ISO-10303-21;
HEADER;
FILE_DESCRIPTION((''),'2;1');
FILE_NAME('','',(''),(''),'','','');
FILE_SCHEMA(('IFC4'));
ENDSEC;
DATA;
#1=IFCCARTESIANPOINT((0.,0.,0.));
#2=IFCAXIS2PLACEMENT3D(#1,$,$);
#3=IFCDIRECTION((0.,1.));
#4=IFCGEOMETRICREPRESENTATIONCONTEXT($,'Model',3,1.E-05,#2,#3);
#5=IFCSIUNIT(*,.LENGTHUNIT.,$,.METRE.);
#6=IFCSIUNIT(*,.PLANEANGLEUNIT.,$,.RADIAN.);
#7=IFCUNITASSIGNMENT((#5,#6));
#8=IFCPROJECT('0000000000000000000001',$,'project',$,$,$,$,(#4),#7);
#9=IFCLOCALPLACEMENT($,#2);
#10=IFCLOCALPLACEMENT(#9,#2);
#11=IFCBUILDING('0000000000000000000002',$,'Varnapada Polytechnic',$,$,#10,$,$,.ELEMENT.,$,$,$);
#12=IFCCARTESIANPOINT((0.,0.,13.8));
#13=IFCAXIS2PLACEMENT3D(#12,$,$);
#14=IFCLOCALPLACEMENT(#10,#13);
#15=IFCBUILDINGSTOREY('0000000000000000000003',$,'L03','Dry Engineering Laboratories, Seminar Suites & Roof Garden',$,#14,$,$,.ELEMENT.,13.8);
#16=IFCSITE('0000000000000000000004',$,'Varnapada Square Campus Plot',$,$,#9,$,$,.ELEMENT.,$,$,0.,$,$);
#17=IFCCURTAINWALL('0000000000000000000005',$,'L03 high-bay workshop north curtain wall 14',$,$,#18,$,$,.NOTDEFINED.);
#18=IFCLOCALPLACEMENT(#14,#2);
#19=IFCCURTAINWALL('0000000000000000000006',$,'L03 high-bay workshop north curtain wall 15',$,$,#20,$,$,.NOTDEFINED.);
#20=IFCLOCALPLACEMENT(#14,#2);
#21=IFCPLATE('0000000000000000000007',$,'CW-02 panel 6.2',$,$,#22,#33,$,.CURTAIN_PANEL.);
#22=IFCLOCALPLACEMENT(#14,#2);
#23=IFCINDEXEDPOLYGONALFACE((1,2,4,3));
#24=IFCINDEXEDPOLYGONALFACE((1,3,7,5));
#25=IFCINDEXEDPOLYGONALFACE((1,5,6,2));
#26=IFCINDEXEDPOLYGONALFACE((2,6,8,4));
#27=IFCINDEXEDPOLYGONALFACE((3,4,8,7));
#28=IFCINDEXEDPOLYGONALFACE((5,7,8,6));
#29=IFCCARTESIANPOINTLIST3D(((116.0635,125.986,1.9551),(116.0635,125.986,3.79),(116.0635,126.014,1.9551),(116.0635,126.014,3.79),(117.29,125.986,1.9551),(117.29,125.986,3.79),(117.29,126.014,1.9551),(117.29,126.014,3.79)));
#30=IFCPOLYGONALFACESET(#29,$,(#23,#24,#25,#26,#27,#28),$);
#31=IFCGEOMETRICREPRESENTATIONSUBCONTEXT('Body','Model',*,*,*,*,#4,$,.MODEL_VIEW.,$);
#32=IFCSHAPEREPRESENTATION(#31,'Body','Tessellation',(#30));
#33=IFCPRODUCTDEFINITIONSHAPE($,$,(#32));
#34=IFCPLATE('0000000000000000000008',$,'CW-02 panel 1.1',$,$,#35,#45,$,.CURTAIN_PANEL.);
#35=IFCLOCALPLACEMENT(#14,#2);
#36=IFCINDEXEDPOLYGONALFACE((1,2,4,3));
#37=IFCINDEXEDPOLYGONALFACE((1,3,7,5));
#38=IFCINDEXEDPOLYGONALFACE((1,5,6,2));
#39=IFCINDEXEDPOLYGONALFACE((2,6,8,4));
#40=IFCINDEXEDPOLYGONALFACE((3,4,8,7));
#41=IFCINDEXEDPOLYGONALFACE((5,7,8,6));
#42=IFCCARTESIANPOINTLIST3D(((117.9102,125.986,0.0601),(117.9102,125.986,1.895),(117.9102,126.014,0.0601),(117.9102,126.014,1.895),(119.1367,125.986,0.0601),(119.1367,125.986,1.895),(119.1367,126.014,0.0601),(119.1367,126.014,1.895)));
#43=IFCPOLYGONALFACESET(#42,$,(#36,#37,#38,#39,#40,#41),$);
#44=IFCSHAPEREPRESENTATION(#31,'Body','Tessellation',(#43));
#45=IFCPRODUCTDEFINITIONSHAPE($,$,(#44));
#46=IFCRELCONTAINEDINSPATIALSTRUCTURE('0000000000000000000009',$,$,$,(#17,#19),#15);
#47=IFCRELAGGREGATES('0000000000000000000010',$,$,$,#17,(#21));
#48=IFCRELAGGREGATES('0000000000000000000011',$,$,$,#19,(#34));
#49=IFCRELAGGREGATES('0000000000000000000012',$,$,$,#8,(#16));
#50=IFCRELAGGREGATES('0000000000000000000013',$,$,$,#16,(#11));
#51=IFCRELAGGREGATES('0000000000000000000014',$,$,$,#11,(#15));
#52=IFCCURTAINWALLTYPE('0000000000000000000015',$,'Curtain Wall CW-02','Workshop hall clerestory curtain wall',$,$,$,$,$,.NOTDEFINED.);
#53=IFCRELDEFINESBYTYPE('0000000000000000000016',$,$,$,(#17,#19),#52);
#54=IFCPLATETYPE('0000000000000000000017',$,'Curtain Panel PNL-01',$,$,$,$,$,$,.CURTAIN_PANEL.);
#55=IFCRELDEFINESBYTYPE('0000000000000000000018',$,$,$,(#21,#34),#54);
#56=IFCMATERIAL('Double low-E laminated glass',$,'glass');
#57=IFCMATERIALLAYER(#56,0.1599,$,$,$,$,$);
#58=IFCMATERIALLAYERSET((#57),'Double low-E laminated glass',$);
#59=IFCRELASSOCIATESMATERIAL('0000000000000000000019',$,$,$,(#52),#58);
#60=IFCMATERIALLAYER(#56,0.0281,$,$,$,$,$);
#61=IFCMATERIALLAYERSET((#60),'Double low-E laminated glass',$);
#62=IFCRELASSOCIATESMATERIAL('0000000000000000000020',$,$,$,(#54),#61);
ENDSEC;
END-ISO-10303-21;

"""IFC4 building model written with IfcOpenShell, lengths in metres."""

from ifc_helpers import new_model, si_unit, direction, frame, origin, origin_2d, place, context, subcontext, project, spatial, rectangle, extrude, material, layer, layer_set, type_object, element, aggregate, save


model = new_model("IFC4")

# Units and contexts
model_context = context("Model", 3, precision=1e-05, world=origin(), true_north=direction((0.0, 1.0)))
body_context = subcontext(model_context, "Body", "Model", "MODEL_VIEW")
ifc_project = project(units=[si_unit("LENGTHUNIT", "METRE"), si_unit("PLANEANGLEUNIT", "RADIAN")], contexts=[model_context])

# Site, building, storey
site_placement = place(None, origin())
site = spatial("IfcSite", under=ifc_project, at=site_placement, Name="Varnapada Square Campus Plot", CompositionType="ELEMENT", RefElevation=0.0)
building_placement = place(site_placement, origin())
building = spatial("IfcBuilding", under=site, at=building_placement, Name="Varnapada Polytechnic", CompositionType="ELEMENT")
storey_placement = place(building_placement, frame((0.0, 0.0, 13.8)))
storey = spatial("IfcBuildingStorey", under=building, at=storey_placement, Name="L03", Description="Dry Engineering Laboratories, Seminar Suites & Roof Garden", CompositionType="ELEMENT", Elevation=13.8)

# Curtain walls
ifc_material_1 = material(Name="Double low-E laminated glass", Category="glass")
ifc_layer_1 = layer(ifc_material_1, 0.1599)
ifc_layer_set_1 = layer_set([ifc_layer_1], Name="Double low-E laminated glass")
curtain_wall_type = type_object("IfcCurtainWallType", Name="Curtain Wall CW-02", Description="Workshop hall clerestory curtain wall", PredefinedType="NOTDEFINED", material=ifc_layer_set_1)
curtain_wall_1_placement = place(storey_placement, origin())
curtain_wall_1 = element("IfcCurtainWall", 1, at=curtain_wall_1_placement, inside=storey, type_object=curtain_wall_type, Name="L03 high-bay workshop north curtain wall 14", PredefinedType="NOTDEFINED")
curtain_wall_2_placement = place(storey_placement, origin())
curtain_wall_2 = element("IfcCurtainWall", 2, at=curtain_wall_2_placement, inside=storey, type_object=curtain_wall_type, Name="L03 high-bay workshop north curtain wall 15", PredefinedType="NOTDEFINED")

# Plates
ifc_layer_2 = layer(ifc_material_1, 0.0281)
ifc_layer_set_2 = layer_set([ifc_layer_2], Name="Double low-E laminated glass")
plate_type = type_object("IfcPlateType", Name="Curtain Panel PNL-01", PredefinedType="CURTAIN_PANEL", material=ifc_layer_set_2)
plate_1_placement = place(storey_placement, frame((116.6768, 126.0, 1.9551), z_axis=(0.0, 0.0, 1.0), x_axis=(1.0, 0.0, 0.0)))
plate_1 = element("IfcPlate", 3, at=plate_1_placement, type_object=plate_type, Name="CW-02 panel 6.2", PredefinedType="CURTAIN_PANEL", context=body_context, shape_type="SweptSolid", body=[
    extrude(rectangle(XDim=1.2266, YDim=0.0281, at=origin_2d()), origin(), (0.0, 0.0, 1.0), 1.835),
])
aggregate(curtain_wall_1, [plate_1])
plate_2_placement = place(storey_placement, frame((118.5234, 126.0, 0.0601), z_axis=(0.0, 0.0, 1.0), x_axis=(1.0, 0.0, 0.0)))
plate_2 = element("IfcPlate", 4, at=plate_2_placement, type_object=plate_type, Name="CW-02 panel 1.1", PredefinedType="CURTAIN_PANEL", context=body_context, shape_type="SweptSolid", body=[
    extrude(rectangle(XDim=1.2266, YDim=0.0281, at=origin_2d()), origin(), (0.0, 0.0, 1.0), 1.835),
])
aggregate(curtain_wall_2, [plate_2])

save(model, "model.ifc")
